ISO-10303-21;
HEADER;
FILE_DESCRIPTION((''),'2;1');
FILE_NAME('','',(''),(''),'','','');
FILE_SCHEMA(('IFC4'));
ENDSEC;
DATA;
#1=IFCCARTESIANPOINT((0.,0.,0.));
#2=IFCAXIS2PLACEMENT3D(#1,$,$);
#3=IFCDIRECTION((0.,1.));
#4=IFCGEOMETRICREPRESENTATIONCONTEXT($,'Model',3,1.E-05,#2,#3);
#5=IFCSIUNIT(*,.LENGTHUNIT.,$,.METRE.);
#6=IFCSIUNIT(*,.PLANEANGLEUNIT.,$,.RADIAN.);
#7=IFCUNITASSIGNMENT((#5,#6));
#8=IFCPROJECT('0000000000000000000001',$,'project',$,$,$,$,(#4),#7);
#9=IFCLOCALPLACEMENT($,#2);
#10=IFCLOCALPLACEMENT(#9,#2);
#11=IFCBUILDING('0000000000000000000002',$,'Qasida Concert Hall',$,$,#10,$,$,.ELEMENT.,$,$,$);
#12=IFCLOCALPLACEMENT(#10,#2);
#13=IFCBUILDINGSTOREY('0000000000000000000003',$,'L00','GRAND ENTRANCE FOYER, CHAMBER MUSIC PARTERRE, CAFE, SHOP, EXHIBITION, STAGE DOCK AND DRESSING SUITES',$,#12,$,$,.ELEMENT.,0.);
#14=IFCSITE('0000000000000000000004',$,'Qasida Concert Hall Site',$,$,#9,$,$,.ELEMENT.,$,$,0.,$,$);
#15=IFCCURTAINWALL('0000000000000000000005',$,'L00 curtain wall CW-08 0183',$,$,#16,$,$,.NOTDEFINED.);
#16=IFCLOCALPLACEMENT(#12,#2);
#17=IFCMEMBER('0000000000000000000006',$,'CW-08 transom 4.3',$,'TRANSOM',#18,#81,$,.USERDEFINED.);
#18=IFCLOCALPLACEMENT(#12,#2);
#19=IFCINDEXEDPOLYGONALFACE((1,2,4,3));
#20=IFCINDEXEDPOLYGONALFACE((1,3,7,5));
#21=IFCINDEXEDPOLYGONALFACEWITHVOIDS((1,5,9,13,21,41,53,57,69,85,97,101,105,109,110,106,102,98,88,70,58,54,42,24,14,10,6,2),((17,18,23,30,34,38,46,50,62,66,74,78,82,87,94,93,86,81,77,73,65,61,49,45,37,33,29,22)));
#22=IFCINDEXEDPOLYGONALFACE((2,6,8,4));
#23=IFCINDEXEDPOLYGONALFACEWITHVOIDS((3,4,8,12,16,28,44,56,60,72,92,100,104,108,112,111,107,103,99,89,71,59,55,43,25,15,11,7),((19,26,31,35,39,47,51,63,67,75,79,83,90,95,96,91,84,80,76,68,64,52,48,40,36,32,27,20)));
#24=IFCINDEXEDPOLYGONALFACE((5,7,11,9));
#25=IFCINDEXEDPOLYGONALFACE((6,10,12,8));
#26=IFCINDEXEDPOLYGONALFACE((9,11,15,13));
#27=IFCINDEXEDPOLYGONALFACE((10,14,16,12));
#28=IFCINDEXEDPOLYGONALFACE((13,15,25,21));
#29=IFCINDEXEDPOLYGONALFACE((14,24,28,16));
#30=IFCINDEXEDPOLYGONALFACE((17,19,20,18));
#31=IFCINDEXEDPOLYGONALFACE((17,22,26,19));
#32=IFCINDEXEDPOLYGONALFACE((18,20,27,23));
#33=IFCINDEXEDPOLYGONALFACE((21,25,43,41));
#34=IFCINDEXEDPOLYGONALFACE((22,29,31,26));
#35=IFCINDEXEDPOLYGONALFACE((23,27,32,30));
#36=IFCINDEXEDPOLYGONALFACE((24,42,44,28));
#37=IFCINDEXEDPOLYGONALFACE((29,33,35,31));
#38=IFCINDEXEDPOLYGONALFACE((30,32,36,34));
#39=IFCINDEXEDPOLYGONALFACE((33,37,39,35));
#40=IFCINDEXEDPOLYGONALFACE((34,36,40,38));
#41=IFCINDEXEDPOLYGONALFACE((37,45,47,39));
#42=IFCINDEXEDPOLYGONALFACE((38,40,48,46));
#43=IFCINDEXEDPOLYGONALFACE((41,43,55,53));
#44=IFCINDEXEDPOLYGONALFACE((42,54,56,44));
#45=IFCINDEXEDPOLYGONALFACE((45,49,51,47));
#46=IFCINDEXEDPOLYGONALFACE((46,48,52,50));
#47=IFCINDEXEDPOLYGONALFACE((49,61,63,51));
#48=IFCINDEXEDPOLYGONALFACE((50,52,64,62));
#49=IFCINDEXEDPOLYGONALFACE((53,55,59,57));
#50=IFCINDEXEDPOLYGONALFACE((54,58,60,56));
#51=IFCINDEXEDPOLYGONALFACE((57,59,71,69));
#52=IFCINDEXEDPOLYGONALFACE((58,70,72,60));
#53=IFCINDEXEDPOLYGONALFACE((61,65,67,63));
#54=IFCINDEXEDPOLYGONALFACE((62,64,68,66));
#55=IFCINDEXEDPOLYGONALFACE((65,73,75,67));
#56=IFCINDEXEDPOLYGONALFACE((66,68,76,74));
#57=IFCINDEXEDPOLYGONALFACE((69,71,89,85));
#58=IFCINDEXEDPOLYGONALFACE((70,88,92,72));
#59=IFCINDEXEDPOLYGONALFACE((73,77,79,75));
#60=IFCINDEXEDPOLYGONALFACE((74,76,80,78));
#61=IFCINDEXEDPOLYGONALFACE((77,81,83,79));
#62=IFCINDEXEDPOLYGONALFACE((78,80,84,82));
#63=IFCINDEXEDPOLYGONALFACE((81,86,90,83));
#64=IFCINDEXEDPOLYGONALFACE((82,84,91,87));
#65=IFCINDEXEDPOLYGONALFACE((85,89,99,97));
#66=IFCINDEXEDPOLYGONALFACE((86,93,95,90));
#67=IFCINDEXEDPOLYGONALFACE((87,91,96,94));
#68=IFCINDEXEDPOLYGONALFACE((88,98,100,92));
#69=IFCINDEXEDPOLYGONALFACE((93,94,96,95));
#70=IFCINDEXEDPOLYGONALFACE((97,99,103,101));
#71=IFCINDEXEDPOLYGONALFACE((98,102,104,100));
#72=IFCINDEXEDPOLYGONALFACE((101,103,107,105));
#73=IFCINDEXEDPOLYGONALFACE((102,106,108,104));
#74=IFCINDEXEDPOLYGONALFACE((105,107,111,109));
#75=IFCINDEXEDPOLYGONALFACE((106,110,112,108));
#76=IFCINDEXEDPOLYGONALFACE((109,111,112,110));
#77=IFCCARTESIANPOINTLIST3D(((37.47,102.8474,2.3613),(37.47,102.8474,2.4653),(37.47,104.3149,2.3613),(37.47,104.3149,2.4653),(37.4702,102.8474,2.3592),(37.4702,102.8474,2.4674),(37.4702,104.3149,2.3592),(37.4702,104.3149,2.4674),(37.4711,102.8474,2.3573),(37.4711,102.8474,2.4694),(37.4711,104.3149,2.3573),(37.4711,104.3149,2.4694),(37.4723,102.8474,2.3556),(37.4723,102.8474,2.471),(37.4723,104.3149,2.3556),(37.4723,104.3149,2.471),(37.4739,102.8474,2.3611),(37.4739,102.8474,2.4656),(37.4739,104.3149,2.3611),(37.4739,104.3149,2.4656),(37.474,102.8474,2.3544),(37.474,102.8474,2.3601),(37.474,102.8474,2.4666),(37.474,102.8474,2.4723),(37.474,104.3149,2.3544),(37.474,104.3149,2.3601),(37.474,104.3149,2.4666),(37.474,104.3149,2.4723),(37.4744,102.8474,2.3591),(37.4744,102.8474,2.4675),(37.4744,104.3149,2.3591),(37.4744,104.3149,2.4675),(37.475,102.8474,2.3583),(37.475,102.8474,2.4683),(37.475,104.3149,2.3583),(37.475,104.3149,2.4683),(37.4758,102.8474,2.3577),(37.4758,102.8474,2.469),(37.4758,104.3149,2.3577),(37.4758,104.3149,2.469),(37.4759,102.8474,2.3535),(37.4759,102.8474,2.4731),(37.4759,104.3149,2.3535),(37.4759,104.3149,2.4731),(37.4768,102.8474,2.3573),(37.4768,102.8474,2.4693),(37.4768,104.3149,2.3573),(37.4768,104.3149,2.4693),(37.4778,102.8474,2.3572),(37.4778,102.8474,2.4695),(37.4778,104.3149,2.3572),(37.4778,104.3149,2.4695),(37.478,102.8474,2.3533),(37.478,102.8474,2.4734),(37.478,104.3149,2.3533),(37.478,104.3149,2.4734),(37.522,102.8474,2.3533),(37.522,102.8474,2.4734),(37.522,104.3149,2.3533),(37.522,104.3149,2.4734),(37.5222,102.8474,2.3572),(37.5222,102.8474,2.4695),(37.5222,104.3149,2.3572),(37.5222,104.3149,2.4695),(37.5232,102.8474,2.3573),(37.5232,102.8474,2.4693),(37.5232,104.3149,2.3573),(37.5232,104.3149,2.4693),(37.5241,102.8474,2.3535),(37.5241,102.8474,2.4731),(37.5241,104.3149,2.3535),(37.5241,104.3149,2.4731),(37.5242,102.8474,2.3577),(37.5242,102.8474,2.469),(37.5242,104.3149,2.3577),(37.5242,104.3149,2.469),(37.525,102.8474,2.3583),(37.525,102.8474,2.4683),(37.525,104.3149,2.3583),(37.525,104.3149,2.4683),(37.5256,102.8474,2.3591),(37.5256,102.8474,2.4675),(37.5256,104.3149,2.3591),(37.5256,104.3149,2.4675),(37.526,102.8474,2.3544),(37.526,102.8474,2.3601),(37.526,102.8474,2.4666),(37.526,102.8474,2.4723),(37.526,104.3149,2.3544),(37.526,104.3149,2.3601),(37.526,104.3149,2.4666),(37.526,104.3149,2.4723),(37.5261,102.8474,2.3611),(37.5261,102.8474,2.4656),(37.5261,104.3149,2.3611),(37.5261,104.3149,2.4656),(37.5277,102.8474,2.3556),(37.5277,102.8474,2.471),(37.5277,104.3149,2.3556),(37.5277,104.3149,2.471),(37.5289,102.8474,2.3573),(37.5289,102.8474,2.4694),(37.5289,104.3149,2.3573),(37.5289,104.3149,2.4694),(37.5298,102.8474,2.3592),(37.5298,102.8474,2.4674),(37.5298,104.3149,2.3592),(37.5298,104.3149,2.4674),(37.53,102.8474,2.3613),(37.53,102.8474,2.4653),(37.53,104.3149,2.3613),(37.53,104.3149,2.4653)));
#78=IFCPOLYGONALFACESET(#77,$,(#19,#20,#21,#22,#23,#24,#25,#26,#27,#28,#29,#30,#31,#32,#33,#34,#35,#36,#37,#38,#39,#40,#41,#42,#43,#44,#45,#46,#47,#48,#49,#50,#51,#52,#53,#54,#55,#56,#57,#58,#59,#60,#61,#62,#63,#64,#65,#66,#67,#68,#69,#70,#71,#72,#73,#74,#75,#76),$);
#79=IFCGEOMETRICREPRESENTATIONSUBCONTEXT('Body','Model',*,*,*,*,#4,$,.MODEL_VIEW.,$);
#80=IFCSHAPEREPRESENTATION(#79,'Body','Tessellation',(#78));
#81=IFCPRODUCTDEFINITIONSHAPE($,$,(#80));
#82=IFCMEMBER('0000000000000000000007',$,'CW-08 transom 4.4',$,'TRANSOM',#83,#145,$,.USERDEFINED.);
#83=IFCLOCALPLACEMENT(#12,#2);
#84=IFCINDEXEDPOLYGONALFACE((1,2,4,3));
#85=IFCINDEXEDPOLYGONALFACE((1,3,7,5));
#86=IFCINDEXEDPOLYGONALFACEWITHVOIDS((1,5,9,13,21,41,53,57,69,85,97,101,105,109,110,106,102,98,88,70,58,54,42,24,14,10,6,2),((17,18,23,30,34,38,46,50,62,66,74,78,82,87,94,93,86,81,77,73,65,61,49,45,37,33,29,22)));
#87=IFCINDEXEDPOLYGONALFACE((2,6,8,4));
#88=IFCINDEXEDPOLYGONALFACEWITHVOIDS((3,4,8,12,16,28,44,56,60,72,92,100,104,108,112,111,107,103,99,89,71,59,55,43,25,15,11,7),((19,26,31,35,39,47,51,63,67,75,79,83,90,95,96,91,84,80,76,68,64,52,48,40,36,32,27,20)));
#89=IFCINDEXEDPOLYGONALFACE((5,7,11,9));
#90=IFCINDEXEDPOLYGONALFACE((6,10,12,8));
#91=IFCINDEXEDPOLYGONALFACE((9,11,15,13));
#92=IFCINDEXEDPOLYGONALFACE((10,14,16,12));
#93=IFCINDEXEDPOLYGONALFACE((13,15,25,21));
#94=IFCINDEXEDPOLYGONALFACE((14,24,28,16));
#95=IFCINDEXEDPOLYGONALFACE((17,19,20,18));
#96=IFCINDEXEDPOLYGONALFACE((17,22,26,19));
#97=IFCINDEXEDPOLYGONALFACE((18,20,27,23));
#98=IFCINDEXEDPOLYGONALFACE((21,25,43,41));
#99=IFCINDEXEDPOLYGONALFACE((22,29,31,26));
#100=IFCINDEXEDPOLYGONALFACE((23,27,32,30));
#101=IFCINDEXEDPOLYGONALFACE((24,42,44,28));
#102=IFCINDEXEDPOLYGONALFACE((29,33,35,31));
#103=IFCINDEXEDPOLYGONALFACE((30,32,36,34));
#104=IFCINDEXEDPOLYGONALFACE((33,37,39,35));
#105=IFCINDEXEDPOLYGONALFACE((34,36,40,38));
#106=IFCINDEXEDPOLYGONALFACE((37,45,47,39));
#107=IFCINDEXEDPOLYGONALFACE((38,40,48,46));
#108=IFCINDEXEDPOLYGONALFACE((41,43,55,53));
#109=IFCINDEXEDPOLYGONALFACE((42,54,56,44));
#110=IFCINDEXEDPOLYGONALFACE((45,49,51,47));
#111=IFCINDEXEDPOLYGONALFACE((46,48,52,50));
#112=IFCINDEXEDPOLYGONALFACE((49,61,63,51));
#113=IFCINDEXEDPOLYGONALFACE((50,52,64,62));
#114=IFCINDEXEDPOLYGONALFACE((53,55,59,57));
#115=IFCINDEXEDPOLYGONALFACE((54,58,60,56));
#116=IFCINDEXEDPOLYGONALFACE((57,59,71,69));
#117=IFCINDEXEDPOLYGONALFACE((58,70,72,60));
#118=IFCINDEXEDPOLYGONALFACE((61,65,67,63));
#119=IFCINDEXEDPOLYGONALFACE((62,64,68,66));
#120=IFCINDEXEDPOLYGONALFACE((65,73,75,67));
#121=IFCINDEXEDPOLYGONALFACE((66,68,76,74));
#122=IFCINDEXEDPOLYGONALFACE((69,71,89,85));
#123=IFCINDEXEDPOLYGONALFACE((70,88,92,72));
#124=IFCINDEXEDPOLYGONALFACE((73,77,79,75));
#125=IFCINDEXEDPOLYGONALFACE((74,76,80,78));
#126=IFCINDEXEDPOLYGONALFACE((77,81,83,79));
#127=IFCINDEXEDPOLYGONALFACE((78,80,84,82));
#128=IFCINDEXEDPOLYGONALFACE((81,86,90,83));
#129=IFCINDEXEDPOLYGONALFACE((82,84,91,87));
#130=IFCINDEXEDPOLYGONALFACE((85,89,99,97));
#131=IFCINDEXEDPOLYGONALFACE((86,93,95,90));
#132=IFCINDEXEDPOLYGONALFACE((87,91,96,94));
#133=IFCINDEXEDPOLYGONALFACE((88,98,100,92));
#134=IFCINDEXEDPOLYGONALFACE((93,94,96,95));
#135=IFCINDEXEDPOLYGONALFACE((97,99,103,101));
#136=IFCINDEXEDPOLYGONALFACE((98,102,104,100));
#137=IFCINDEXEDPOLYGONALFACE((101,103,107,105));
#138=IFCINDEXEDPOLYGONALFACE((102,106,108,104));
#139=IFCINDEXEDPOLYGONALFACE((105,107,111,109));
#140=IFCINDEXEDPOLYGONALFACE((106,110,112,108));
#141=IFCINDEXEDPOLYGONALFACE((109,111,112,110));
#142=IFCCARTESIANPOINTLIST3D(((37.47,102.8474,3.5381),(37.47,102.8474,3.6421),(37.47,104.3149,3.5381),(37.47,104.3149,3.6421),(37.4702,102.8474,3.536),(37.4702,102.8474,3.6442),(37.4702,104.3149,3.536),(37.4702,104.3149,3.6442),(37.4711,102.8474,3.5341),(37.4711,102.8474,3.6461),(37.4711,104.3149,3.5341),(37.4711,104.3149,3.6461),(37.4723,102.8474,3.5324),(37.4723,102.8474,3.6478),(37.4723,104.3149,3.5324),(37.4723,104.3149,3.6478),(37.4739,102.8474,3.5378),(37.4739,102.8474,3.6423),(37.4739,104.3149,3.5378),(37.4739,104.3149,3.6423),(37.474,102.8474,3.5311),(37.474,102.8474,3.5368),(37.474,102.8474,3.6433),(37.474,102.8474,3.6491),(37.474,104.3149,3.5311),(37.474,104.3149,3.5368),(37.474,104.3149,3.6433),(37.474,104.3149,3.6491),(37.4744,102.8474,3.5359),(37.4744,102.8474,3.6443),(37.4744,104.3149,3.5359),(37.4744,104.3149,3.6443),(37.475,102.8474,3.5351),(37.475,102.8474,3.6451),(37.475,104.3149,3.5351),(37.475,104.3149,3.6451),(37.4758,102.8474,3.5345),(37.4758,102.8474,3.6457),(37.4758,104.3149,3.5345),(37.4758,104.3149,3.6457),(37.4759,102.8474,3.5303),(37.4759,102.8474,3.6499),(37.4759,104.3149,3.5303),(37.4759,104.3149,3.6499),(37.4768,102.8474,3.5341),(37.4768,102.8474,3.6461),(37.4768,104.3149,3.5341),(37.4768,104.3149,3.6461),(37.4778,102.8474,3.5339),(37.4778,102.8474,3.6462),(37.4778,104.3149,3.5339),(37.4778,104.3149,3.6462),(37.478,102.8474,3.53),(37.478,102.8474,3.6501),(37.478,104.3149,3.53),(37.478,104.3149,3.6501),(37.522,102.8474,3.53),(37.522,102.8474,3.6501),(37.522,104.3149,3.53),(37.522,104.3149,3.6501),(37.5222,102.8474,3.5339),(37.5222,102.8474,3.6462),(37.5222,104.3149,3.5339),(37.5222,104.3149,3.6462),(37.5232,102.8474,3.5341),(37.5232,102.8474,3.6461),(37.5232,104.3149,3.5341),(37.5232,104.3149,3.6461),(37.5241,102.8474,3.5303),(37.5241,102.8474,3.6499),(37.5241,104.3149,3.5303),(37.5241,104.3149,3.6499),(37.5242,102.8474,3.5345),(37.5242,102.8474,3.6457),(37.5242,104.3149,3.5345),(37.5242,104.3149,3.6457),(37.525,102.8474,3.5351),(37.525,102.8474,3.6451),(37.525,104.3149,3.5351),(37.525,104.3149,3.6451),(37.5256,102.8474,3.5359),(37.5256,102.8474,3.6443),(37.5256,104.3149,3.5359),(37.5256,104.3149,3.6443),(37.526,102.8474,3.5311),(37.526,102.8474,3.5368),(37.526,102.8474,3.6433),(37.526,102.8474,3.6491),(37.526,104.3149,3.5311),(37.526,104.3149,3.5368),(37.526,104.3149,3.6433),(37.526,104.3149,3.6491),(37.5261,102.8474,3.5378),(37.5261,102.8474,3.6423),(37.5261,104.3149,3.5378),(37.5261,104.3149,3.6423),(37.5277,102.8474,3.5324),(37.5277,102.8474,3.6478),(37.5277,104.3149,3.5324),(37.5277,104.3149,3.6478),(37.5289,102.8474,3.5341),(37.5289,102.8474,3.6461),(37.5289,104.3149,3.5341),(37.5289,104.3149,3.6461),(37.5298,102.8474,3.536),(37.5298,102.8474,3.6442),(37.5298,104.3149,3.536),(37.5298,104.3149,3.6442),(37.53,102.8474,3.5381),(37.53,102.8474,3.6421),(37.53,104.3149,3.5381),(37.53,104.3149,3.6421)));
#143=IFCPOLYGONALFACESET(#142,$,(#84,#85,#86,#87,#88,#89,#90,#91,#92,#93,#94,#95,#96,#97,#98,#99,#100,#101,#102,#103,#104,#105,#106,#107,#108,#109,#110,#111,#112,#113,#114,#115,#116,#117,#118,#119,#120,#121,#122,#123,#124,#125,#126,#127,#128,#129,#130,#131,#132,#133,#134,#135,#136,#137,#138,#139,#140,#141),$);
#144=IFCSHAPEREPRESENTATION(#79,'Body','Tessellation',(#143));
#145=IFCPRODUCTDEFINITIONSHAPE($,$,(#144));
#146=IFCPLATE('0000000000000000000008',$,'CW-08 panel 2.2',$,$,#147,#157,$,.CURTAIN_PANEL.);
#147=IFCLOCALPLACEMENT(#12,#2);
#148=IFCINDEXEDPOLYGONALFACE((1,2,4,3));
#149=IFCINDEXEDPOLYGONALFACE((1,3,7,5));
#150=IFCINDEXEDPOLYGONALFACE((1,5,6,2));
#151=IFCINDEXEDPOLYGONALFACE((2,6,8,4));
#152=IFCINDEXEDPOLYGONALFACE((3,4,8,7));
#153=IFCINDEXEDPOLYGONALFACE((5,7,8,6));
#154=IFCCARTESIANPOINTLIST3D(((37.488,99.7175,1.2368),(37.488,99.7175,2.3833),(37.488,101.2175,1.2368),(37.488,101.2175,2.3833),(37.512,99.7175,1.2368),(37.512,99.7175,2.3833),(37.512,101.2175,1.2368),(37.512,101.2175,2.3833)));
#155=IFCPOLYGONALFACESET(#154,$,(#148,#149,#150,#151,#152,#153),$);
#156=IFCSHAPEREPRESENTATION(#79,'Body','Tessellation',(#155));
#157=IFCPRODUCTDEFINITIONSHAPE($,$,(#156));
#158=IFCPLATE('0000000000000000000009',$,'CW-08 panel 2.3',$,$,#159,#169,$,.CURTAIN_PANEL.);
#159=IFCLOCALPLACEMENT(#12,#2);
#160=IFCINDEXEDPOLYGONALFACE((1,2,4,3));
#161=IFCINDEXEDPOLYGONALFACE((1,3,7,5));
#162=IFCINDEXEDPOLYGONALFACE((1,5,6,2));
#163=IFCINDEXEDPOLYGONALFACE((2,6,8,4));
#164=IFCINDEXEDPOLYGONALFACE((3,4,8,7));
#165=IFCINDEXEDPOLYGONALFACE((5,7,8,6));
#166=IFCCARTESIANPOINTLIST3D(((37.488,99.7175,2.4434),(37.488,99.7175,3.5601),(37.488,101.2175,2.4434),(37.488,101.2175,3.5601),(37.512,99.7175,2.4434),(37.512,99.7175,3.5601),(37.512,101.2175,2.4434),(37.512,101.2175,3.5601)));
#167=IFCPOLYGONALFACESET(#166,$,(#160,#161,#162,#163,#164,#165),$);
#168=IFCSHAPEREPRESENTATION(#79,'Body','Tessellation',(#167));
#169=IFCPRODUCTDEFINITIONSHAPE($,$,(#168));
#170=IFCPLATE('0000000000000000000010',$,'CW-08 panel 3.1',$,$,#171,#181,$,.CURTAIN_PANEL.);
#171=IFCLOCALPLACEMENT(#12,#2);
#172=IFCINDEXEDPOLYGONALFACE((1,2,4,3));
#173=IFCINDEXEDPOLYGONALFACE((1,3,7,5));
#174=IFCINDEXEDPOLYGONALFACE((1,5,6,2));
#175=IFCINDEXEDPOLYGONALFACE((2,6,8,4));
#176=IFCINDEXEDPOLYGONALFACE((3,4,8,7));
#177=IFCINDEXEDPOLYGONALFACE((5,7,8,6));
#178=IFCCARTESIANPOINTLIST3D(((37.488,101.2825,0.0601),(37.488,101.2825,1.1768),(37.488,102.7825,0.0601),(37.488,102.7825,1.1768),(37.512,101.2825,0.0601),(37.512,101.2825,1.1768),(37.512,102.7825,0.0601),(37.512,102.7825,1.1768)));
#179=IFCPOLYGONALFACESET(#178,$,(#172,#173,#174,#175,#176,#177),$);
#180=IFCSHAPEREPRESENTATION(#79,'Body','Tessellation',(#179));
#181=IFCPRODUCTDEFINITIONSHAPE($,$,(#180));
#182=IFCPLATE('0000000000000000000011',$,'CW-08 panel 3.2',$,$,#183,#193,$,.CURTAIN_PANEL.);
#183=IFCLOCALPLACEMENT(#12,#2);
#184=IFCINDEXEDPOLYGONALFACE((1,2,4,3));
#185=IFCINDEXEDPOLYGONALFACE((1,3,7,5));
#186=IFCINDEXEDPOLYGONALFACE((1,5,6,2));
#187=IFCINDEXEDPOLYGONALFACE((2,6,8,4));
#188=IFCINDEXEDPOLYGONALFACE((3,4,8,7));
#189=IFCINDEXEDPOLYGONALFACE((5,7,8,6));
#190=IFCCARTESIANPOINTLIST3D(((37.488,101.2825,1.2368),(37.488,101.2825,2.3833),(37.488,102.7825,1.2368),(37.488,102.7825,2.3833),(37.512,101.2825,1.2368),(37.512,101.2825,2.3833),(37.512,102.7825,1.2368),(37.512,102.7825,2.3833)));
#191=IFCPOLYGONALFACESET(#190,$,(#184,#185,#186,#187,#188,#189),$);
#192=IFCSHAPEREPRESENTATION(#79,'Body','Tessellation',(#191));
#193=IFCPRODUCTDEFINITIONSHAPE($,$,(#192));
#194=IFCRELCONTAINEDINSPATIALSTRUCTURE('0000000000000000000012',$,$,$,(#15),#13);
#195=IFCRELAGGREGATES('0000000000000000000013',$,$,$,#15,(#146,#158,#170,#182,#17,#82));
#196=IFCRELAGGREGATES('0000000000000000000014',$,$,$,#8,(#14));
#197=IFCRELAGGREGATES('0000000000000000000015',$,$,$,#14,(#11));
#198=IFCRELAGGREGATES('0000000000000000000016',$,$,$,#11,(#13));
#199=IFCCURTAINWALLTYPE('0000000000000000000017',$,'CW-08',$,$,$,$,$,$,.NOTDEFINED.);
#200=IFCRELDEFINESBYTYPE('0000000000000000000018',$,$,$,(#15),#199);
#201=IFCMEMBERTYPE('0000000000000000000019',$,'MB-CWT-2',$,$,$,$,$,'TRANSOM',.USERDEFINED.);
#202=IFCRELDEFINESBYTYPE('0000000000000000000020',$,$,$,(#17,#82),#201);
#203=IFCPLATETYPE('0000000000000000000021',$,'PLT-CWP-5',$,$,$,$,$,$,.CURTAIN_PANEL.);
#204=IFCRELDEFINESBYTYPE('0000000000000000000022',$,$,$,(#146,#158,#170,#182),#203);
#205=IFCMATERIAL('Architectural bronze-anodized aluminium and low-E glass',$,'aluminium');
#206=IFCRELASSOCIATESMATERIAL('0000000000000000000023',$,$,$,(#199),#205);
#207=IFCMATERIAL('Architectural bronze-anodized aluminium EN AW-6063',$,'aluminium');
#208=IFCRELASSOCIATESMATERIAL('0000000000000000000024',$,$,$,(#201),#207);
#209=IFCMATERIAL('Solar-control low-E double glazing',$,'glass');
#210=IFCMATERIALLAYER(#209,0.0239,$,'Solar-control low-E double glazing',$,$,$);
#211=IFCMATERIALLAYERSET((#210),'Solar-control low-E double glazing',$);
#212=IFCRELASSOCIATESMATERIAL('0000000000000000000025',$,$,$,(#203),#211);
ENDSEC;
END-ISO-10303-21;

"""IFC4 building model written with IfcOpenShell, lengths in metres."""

from ifc_helpers import new_model, si_unit, direction, frame, origin, origin_2d, place, context, subcontext, project, spatial, rectangle, hollow_rectangle, extrude, material, layer, layer_set, material_profile, profile_set, type_object, element, aggregate, save


model = new_model("IFC4")

# Units and contexts
model_context = context("Model", 3, precision=1e-05, world=origin(), true_north=direction((0.0, 1.0)))
body_context = subcontext(model_context, "Body", "Model", "MODEL_VIEW")
ifc_project = project(units=[si_unit("LENGTHUNIT", "METRE"), si_unit("PLANEANGLEUNIT", "RADIAN")], contexts=[model_context])

# Site, building, storey
site_placement = place(None, origin())
site = spatial("IfcSite", under=ifc_project, at=site_placement, Name="Qasida Concert Hall Site", CompositionType="ELEMENT", RefElevation=0.0)
building_placement = place(site_placement, origin())
building = spatial("IfcBuilding", under=site, at=building_placement, Name="Qasida Concert Hall", CompositionType="ELEMENT")
storey_placement = place(building_placement, origin())
storey = spatial("IfcBuildingStorey", under=building, at=storey_placement, Name="L00", Description="GRAND ENTRANCE FOYER, CHAMBER MUSIC PARTERRE, CAFE, SHOP, EXHIBITION, STAGE DOCK AND DRESSING SUITES", CompositionType="ELEMENT", Elevation=0.0)

# Curtain wall, members, plates
ifc_material_1 = material(Name="Architectural bronze-anodized aluminium and low-E glass", Category="aluminium")
curtain_wall_type = type_object("IfcCurtainWallType", Name="CW-08", PredefinedType="NOTDEFINED", material=ifc_material_1)
curtain_wall_placement = place(storey_placement, origin())
curtain_wall = element("IfcCurtainWall", 1, at=curtain_wall_placement, inside=storey, type_object=curtain_wall_type, Name="L00 curtain wall CW-08 0183", PredefinedType="NOTDEFINED")
ifc_material_2 = material(Name="Architectural bronze-anodized aluminium EN AW-6063", Category="aluminium")
ifc_material_profile_1 = material_profile(ifc_material_2, hollow_rectangle(XDim=0.0601, YDim=0.1201, WallThickness=0.0039, InnerFilletRadius=0.0039, OuterFilletRadius=0.0081, at=origin_2d()), Name="CWT 120x60x4")
ifc_profile_set_1 = profile_set([ifc_material_profile_1], Name="Architectural bronze-anodized aluminium EN AW-6063")
member_type_1 = type_object("IfcMemberType", Name="MB-CWT-2", ElementType="TRANSOM", PredefinedType="USERDEFINED", material=ifc_profile_set_1)
member_1_placement = place(storey_placement, frame((37.5, 102.8474, 2.4133), z_axis=(0.0, 1.0, 0.0), x_axis=(-1.0, 0.0, 0.0)))
member_1 = element("IfcMember", 2, at=member_1_placement, type_object=member_type_1, Name="CW-08 transom 4.3", ObjectType="TRANSOM", PredefinedType="USERDEFINED", context=body_context, shape_type="SweptSolid", body=[
    extrude(hollow_rectangle(XDim=0.0601, YDim=0.1201, WallThickness=0.0039, InnerFilletRadius=0.0039, OuterFilletRadius=0.0081, at=origin_2d()), origin(), (0.0, 0.0, 1.0), 1.4675),
])
member_2_placement = place(storey_placement, frame((37.5, 102.8474, 3.5901), z_axis=(0.0, 1.0, 0.0), x_axis=(-1.0, 0.0, 0.0)))
member_2 = element("IfcMember", 3, at=member_2_placement, type_object=member_type_1, Name="CW-08 transom 4.4", ObjectType="TRANSOM", PredefinedType="USERDEFINED", context=body_context, shape_type="SweptSolid", body=[
    extrude(hollow_rectangle(XDim=0.0601, YDim=0.1201, WallThickness=0.0039, InnerFilletRadius=0.0039, OuterFilletRadius=0.0081, at=origin_2d()), origin(), (0.0, 0.0, 1.0), 1.4675),
])
ifc_material_3 = material(Name="Solar-control low-E double glazing", Category="glass")
ifc_layer_1 = layer(ifc_material_3, 0.0239, Name="Solar-control low-E double glazing")
ifc_layer_set_1 = layer_set([ifc_layer_1], Name="Solar-control low-E double glazing")
plate_type = type_object("IfcPlateType", Name="PLT-CWP-5", PredefinedType="CURTAIN_PANEL", material=ifc_layer_set_1)
plate_1_placement = place(storey_placement, frame((37.5, 100.4675, 1.2368), z_axis=(0.0, 0.0, 1.0), x_axis=(0.0, 1.0, 0.0)))
plate_1 = element("IfcPlate", 4, at=plate_1_placement, type_object=plate_type, Name="CW-08 panel 2.2", PredefinedType="CURTAIN_PANEL", context=body_context, shape_type="SweptSolid", body=[
    extrude(rectangle(XDim=1.5, YDim=0.0239, at=origin_2d()), origin(), (0.0, 0.0, 1.0), 1.1465),
])
plate_2_placement = place(storey_placement, frame((37.5, 100.4675, 2.4434), z_axis=(0.0, 0.0, 1.0), x_axis=(0.0, 1.0, 0.0)))
plate_2 = element("IfcPlate", 5, at=plate_2_placement, type_object=plate_type, Name="CW-08 panel 2.3", PredefinedType="CURTAIN_PANEL", context=body_context, shape_type="SweptSolid", body=[
    extrude(rectangle(XDim=1.5, YDim=0.0239, at=origin_2d()), origin(), (0.0, 0.0, 1.0), 1.1167),
])
plate_3_placement = place(storey_placement, frame((37.5, 102.0325, 0.0601), z_axis=(0.0, 0.0, 1.0), x_axis=(0.0, 1.0, 0.0)))
plate_3 = element("IfcPlate", 6, at=plate_3_placement, type_object=plate_type, Name="CW-08 panel 3.1", PredefinedType="CURTAIN_PANEL", context=body_context, shape_type="SweptSolid", body=[
    extrude(rectangle(XDim=1.5, YDim=0.0239, at=origin_2d()), origin(), (0.0, 0.0, 1.0), 1.1167),
])
plate_4_placement = place(storey_placement, frame((37.5, 102.0325, 1.2368), z_axis=(0.0, 0.0, 1.0), x_axis=(0.0, 1.0, 0.0)))
plate_4 = element("IfcPlate", 7, at=plate_4_placement, type_object=plate_type, Name="CW-08 panel 3.2", PredefinedType="CURTAIN_PANEL", context=body_context, shape_type="SweptSolid", body=[
    extrude(rectangle(XDim=1.5, YDim=0.0239, at=origin_2d()), origin(), (0.0, 0.0, 1.0), 1.1465),
])
aggregate(curtain_wall, [plate_1, plate_2, plate_3, plate_4, member_1, member_2])

save(model, "model.ifc")
